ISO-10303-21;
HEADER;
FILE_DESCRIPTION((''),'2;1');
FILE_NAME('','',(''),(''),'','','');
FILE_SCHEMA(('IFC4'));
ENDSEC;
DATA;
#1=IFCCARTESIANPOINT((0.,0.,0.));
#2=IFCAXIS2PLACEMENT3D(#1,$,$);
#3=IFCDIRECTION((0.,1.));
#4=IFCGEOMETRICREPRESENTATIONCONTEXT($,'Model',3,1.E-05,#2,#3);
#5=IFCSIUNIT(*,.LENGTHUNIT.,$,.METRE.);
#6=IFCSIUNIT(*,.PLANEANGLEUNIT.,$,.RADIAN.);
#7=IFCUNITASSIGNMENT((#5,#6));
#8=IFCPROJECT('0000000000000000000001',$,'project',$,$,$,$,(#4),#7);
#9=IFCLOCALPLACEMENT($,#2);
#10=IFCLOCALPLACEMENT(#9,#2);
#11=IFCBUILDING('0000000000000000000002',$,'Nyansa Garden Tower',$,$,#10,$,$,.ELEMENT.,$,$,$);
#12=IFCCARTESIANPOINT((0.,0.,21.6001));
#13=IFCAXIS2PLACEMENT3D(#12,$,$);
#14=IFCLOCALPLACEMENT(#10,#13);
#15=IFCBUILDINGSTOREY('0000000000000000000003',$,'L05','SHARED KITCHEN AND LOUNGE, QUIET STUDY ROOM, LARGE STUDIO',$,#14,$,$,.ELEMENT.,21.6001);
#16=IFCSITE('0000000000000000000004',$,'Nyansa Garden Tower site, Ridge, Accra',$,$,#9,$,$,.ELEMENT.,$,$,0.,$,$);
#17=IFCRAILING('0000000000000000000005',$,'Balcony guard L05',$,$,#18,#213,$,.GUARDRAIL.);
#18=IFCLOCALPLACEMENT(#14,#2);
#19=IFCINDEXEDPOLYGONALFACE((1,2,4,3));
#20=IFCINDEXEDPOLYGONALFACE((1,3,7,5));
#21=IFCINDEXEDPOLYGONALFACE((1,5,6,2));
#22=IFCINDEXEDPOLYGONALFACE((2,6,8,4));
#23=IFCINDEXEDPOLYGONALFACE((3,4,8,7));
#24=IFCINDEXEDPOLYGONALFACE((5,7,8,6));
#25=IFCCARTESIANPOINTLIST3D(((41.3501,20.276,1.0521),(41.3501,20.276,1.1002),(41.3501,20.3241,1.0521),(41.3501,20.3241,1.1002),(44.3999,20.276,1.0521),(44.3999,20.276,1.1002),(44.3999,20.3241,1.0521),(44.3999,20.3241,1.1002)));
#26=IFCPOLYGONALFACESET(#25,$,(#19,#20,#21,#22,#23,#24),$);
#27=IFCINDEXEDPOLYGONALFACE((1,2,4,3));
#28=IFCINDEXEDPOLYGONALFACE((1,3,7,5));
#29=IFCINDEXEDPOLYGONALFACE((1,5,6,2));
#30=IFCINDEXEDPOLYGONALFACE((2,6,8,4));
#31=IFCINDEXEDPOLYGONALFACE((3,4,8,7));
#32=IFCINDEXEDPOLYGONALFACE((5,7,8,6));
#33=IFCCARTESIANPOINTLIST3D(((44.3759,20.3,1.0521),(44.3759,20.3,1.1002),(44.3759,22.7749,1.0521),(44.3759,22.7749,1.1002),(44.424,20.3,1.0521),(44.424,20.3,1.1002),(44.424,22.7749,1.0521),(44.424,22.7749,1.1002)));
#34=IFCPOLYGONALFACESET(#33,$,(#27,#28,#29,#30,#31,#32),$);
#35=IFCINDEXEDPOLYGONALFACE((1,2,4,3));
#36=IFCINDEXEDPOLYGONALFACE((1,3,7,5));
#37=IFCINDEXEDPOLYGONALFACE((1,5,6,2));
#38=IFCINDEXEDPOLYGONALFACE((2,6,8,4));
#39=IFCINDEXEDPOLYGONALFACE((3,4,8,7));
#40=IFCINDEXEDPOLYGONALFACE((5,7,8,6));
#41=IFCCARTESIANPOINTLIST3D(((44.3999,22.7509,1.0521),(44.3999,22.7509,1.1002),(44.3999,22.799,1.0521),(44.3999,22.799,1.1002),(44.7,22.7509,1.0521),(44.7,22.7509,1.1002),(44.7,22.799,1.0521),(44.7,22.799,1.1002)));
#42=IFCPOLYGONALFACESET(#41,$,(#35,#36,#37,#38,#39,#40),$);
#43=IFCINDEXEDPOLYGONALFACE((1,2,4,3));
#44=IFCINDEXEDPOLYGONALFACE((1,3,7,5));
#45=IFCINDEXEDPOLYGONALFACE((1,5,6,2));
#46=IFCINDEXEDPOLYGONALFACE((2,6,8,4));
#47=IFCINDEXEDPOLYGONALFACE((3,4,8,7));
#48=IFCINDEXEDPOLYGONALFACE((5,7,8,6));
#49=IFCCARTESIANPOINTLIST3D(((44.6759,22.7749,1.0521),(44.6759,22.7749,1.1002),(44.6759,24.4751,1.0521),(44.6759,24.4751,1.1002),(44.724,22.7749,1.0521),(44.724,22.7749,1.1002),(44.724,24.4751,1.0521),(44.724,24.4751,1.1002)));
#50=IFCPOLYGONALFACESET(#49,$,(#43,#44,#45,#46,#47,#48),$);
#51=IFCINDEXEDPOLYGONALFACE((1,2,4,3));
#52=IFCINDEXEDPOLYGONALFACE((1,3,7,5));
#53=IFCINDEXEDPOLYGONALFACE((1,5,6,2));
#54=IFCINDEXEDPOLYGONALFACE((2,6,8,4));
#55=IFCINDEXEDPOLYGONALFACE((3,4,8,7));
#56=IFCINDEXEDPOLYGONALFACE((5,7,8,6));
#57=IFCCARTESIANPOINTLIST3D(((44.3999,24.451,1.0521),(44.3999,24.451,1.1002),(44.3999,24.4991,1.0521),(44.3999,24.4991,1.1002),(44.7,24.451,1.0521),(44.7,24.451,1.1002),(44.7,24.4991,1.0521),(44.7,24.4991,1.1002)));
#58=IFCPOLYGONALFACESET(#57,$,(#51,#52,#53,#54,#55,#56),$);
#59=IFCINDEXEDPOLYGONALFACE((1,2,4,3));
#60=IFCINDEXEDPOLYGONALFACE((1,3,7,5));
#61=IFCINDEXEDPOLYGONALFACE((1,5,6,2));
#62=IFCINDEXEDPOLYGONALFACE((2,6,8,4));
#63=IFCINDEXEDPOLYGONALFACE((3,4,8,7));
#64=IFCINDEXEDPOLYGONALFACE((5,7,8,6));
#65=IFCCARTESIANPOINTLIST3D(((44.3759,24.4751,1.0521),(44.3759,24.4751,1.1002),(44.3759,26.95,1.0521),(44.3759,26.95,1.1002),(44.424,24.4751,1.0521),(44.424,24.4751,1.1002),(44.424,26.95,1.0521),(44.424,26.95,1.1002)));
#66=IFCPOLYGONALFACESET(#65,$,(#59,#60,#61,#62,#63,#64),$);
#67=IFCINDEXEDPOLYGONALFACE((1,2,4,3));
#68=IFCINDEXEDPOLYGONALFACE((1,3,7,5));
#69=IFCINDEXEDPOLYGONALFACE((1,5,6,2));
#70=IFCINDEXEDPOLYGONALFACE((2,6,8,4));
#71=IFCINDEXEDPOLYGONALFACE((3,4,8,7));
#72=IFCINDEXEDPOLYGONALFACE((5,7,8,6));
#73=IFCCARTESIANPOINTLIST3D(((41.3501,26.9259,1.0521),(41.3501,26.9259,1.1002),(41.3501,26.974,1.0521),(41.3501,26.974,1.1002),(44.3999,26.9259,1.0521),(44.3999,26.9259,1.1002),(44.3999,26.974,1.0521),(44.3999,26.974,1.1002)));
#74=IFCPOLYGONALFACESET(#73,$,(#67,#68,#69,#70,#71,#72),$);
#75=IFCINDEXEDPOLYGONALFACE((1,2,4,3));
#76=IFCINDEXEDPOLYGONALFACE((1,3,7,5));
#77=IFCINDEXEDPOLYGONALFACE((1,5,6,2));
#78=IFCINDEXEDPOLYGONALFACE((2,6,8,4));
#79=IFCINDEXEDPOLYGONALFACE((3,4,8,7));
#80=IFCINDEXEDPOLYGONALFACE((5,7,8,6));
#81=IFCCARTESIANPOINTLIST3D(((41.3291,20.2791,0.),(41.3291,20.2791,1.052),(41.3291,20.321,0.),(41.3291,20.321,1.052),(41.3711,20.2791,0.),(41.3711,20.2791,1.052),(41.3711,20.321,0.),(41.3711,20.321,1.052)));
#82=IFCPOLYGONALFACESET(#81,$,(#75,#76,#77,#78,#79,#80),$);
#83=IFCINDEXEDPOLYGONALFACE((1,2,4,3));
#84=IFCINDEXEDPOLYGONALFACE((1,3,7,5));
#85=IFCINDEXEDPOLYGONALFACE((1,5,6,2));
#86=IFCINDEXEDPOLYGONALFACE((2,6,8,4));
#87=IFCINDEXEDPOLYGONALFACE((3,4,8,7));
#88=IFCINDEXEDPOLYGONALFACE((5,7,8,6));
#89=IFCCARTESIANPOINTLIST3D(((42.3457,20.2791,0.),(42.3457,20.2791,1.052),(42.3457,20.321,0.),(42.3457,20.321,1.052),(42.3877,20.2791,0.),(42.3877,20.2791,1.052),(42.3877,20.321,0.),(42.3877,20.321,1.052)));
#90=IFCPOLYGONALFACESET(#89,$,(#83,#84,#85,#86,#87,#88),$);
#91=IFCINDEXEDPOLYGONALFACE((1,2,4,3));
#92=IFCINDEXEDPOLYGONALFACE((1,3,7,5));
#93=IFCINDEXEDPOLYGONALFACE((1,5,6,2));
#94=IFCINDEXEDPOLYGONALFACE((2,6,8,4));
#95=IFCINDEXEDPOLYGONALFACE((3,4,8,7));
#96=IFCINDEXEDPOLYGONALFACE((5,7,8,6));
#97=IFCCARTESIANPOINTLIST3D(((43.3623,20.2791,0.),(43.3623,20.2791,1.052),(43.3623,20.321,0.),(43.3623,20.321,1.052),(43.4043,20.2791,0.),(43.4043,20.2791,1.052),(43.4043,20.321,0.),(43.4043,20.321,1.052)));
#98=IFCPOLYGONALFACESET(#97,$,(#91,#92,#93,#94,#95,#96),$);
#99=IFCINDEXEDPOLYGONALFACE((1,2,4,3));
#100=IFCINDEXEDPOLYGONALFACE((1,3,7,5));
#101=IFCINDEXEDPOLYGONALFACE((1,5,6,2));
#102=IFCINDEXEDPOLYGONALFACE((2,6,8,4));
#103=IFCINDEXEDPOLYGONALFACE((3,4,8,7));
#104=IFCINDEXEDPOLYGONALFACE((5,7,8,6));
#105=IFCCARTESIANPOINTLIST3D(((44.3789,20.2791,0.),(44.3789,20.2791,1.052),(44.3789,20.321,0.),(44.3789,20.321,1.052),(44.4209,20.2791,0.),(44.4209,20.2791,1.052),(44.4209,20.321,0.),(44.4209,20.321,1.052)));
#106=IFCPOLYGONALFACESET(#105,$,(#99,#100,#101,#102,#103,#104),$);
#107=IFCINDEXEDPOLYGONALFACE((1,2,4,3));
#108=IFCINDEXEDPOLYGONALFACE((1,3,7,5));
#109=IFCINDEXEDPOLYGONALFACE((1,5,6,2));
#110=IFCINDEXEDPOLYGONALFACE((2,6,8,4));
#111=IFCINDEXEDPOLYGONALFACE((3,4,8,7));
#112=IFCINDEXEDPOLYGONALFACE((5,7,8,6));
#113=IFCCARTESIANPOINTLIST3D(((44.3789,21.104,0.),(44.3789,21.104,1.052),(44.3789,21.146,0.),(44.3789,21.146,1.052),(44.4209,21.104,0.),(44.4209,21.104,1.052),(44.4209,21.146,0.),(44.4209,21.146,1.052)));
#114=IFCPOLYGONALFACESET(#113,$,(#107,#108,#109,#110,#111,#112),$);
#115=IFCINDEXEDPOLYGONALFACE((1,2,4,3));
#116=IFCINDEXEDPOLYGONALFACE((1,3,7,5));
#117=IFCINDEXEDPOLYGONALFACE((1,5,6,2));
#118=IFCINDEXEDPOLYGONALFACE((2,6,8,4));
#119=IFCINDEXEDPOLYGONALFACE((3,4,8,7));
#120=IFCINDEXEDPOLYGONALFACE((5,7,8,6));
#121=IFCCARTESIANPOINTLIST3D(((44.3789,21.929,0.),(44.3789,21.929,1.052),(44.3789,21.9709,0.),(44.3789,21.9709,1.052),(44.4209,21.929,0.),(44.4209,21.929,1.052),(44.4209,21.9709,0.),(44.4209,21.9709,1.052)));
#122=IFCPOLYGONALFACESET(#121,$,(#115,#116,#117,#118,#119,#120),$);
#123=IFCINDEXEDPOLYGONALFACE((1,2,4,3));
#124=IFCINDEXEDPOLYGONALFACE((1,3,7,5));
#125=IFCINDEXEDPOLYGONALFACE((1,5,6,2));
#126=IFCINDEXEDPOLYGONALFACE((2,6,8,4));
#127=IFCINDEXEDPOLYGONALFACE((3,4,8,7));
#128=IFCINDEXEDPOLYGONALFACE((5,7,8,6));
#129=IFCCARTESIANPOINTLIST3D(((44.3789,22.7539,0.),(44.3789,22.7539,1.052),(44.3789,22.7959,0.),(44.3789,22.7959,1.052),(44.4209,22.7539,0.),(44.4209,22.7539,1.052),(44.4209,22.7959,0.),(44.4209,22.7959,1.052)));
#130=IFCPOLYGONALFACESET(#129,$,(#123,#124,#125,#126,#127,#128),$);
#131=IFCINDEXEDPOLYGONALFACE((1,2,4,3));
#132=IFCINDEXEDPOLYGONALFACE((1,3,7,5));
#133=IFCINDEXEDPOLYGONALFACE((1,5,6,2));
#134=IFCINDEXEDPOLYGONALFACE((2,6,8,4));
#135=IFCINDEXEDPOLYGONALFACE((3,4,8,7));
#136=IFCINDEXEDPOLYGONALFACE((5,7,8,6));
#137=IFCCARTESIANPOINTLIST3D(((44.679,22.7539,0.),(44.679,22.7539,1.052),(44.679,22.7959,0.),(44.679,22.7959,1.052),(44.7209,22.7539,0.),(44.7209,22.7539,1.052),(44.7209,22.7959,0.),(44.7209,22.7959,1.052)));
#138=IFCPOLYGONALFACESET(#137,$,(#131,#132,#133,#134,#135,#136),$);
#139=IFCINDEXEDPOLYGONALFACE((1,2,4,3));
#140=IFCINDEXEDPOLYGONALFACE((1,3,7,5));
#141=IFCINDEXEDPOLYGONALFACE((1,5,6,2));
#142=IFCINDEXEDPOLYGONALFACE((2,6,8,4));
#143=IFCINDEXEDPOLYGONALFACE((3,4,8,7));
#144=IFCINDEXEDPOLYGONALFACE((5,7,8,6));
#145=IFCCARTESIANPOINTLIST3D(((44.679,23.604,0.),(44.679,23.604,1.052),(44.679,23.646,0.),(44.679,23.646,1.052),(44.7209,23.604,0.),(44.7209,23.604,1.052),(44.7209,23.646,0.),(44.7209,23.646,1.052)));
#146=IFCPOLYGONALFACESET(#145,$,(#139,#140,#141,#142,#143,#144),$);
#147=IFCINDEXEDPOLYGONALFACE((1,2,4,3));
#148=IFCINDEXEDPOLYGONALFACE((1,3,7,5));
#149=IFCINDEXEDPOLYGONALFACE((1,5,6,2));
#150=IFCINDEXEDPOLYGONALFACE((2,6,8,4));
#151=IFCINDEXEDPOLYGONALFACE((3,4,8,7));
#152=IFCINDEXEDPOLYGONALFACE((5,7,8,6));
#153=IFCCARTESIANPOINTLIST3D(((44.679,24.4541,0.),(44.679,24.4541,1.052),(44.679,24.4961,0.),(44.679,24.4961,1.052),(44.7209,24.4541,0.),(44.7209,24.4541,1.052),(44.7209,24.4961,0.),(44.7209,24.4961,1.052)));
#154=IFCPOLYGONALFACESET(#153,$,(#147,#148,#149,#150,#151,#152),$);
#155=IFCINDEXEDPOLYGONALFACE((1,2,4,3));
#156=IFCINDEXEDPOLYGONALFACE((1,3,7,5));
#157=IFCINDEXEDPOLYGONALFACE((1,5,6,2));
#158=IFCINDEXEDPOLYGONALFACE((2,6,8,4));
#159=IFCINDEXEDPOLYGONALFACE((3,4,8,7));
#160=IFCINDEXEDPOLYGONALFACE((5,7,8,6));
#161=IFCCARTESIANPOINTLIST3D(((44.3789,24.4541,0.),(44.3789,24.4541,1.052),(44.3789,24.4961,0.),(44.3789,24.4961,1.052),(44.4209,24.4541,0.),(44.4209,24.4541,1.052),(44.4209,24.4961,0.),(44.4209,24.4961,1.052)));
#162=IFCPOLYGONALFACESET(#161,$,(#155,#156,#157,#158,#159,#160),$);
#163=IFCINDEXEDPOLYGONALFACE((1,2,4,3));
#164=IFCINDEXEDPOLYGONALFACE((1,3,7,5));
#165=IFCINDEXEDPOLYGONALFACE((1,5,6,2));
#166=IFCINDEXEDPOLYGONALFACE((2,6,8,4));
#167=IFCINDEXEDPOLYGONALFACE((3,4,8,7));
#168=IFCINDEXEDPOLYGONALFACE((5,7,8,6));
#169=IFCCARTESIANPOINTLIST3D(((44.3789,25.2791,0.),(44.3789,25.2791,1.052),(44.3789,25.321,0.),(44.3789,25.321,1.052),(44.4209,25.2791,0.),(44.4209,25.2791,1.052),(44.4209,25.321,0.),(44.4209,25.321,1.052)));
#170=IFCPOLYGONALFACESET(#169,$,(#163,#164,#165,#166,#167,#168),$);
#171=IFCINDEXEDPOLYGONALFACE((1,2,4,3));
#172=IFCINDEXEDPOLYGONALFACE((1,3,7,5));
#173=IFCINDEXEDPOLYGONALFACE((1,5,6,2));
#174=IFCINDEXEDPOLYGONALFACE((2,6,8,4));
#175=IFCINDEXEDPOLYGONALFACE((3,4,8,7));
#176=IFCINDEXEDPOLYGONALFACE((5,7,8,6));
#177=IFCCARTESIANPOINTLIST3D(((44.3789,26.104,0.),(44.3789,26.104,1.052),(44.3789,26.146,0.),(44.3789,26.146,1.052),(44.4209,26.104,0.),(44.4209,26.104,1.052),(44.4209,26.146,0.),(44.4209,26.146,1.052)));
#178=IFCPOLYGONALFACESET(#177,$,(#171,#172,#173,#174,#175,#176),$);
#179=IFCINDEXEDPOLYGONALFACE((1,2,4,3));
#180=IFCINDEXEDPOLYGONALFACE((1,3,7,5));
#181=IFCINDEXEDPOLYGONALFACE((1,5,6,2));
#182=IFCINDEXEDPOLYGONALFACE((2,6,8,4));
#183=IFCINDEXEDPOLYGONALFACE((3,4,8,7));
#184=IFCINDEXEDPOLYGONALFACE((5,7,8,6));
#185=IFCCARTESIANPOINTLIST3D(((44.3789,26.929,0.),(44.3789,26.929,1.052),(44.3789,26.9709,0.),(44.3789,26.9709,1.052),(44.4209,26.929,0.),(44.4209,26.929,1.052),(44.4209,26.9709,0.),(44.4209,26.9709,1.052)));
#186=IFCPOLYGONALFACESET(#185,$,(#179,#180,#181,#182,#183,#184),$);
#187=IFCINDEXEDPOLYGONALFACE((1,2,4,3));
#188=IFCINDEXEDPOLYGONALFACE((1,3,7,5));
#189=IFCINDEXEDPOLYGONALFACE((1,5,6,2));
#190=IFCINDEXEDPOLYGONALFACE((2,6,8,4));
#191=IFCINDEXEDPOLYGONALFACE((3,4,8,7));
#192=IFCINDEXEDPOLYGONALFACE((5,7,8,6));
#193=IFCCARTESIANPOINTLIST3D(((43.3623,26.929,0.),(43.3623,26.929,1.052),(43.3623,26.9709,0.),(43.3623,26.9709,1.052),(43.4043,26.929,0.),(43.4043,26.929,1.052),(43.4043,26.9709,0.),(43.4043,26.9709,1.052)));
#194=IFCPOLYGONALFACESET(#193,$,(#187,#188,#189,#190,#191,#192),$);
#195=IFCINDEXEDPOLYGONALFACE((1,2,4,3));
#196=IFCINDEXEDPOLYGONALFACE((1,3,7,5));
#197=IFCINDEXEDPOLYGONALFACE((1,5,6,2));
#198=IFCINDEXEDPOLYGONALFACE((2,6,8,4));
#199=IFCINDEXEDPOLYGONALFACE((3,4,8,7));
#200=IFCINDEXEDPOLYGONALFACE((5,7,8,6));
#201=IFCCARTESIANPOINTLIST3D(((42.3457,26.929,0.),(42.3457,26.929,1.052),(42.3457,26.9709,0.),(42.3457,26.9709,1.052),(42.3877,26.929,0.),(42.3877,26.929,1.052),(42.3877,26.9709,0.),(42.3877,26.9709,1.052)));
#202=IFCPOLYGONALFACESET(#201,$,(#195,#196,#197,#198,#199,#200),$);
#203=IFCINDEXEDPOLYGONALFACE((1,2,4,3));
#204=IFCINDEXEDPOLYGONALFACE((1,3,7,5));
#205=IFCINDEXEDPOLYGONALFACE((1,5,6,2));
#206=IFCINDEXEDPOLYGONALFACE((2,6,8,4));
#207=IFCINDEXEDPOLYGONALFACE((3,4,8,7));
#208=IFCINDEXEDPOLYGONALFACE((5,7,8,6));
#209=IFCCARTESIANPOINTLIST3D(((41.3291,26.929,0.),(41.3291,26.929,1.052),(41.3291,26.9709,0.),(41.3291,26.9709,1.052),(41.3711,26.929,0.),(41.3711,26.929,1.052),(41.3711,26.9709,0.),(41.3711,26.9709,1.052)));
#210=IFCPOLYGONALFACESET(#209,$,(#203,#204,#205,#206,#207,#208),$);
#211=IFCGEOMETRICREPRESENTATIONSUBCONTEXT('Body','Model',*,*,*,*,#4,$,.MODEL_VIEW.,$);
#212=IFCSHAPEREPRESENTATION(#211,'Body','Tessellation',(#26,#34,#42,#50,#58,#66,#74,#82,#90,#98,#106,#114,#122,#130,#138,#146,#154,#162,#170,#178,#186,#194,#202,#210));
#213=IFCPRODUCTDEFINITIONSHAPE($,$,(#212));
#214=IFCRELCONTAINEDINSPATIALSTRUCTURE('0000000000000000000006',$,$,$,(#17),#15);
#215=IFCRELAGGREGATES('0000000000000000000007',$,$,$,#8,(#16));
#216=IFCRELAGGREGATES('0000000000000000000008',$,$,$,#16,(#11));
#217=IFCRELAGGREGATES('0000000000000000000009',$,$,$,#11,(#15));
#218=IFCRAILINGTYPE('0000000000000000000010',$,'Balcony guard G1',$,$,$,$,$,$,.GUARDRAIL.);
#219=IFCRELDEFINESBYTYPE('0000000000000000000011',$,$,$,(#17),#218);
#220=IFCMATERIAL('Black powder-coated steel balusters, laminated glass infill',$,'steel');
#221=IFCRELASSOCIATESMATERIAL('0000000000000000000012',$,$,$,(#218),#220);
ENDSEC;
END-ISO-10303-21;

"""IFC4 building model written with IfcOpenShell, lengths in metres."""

from ifc_helpers import new_model, si_unit, direction, frame, origin, origin_2d, place, context, subcontext, project, spatial, rectangle, extrude, material, type_object, element, save


model = new_model("IFC4")

# Units and contexts
model_context = context("Model", 3, precision=1e-05, world=origin(), true_north=direction((0.0, 1.0)))
body_context = subcontext(model_context, "Body", "Model", "MODEL_VIEW")
ifc_project = project(units=[si_unit("LENGTHUNIT", "METRE"), si_unit("PLANEANGLEUNIT", "RADIAN")], contexts=[model_context])

# Site, building, storey
site_placement = place(None, origin())
site = spatial("IfcSite", under=ifc_project, at=site_placement, Name="Nyansa Garden Tower site, Ridge, Accra", CompositionType="ELEMENT", RefElevation=0.0)
building_placement = place(site_placement, origin())
building = spatial("IfcBuilding", under=site, at=building_placement, Name="Nyansa Garden Tower", CompositionType="ELEMENT")
storey_placement = place(building_placement, frame((0.0, 0.0, 21.6001)))
storey = spatial("IfcBuildingStorey", under=building, at=storey_placement, Name="L05", Description="SHARED KITCHEN AND LOUNGE, QUIET STUDY ROOM, LARGE STUDIO", CompositionType="ELEMENT", Elevation=21.6001)

# Railing
ifc_material_1 = material(Name="Black powder-coated steel balusters, laminated glass infill", Category="steel")
railing_type = type_object("IfcRailingType", Name="Balcony guard G1", PredefinedType="GUARDRAIL", material=ifc_material_1)
railing_placement = place(storey_placement, frame((41.3501, 20.3, 0.0)))
element("IfcRailing", 1, at=railing_placement, inside=storey, type_object=railing_type, Name="Balcony guard L05", PredefinedType="GUARDRAIL", context=body_context, shape_type="SweptSolid", body=[
    extrude(rectangle(XDim=0.0481, YDim=0.0481, at=origin_2d()), frame((0.0, 0.0, 1.0762), z_axis=(1.0, 0.0, 0.0), x_axis=(0.0, 1.0, 0.0)), (0.0, 0.0, 1.0), 3.0498),
    extrude(rectangle(XDim=0.0481, YDim=0.0481, at=origin_2d()), frame((3.0498, 0.0, 1.0762), z_axis=(0.0, 1.0, 0.0), x_axis=(-1.0, 0.0, 0.0)), (0.0, 0.0, 1.0), 2.4749),
    extrude(rectangle(XDim=0.0481, YDim=0.0481, at=origin_2d()), frame((3.0498, 2.4749, 1.0762), z_axis=(1.0, 0.0, 0.0), x_axis=(0.0, 1.0, 0.0)), (0.0, 0.0, 1.0), 0.3),
    extrude(rectangle(XDim=0.0481, YDim=0.0481, at=origin_2d()), frame((3.3499, 2.4749, 1.0762), z_axis=(0.0, 1.0, 0.0), x_axis=(-1.0, 0.0, 0.0)), (0.0, 0.0, 1.0), 1.7002),
    extrude(rectangle(XDim=0.0481, YDim=0.0481, at=origin_2d()), frame((3.3499, 4.175, 1.0762), z_axis=(-1.0, 0.0, 0.0), x_axis=(0.0, -1.0, 0.0)), (0.0, 0.0, 1.0), 0.3),
    extrude(rectangle(XDim=0.0481, YDim=0.0481, at=origin_2d()), frame((3.0498, 4.175, 1.0762), z_axis=(0.0, 1.0, 0.0), x_axis=(-1.0, 0.0, 0.0)), (0.0, 0.0, 1.0), 2.4749),
    extrude(rectangle(XDim=0.0481, YDim=0.0481, at=origin_2d()), frame((3.0498, 6.6499, 1.0762), z_axis=(-1.0, 0.0, 0.0), x_axis=(0.0, -1.0, 0.0)), (0.0, 0.0, 1.0), 3.0498),
    extrude(rectangle(XDim=0.042, YDim=0.042, at=origin_2d()), origin(), (0.0, 0.0, 1.0), 1.052),
    extrude(rectangle(XDim=0.042, YDim=0.042, at=origin_2d()), frame((1.0166, 0.0, 0.0)), (0.0, 0.0, 1.0), 1.052),
    extrude(rectangle(XDim=0.042, YDim=0.042, at=origin_2d()), frame((2.0332, 0.0, 0.0)), (0.0, 0.0, 1.0), 1.052),
    extrude(rectangle(XDim=0.042, YDim=0.042, at=origin_2d()), frame((3.0498, 0.0, 0.0)), (0.0, 0.0, 1.0), 1.052),
    extrude(rectangle(XDim=0.042, YDim=0.042, at=origin_2d()), frame((3.0498, 0.825, 0.0)), (0.0, 0.0, 1.0), 1.052),
    extrude(rectangle(XDim=0.042, YDim=0.042, at=origin_2d()), frame((3.0498, 1.6499, 0.0)), (0.0, 0.0, 1.0), 1.052),
    extrude(rectangle(XDim=0.042, YDim=0.042, at=origin_2d()), frame((3.0498, 2.4749, 0.0)), (0.0, 0.0, 1.0), 1.052),
    extrude(rectangle(XDim=0.042, YDim=0.042, at=origin_2d()), frame((3.3499, 2.4749, 0.0)), (0.0, 0.0, 1.0), 1.052),
    extrude(rectangle(XDim=0.042, YDim=0.042, at=origin_2d()), frame((3.3499, 3.325, 0.0)), (0.0, 0.0, 1.0), 1.052),
    extrude(rectangle(XDim=0.042, YDim=0.042, at=origin_2d()), frame((3.3499, 4.175, 0.0)), (0.0, 0.0, 1.0), 1.052),
    extrude(rectangle(XDim=0.042, YDim=0.042, at=origin_2d()), frame((3.0498, 4.175, 0.0)), (0.0, 0.0, 1.0), 1.052),
    extrude(rectangle(XDim=0.042, YDim=0.042, at=origin_2d()), frame((3.0498, 5.0, 0.0)), (0.0, 0.0, 1.0), 1.052),
    extrude(rectangle(XDim=0.042, YDim=0.042, at=origin_2d()), frame((3.0498, 5.825, 0.0)), (0.0, 0.0, 1.0), 1.052),
    extrude(rectangle(XDim=0.042, YDim=0.042, at=origin_2d()), frame((3.0498, 6.6499, 0.0)), (0.0, 0.0, 1.0), 1.052),
    extrude(rectangle(XDim=0.042, YDim=0.042, at=origin_2d()), frame((2.0332, 6.6499, 0.0)), (0.0, 0.0, 1.0), 1.052),
    extrude(rectangle(XDim=0.042, YDim=0.042, at=origin_2d()), frame((1.0166, 6.6499, 0.0)), (0.0, 0.0, 1.0), 1.052),
    extrude(rectangle(XDim=0.042, YDim=0.042, at=origin_2d()), frame((0.0, 6.6499, 0.0)), (0.0, 0.0, 1.0), 1.052),
])

save(model, "model.ifc")
